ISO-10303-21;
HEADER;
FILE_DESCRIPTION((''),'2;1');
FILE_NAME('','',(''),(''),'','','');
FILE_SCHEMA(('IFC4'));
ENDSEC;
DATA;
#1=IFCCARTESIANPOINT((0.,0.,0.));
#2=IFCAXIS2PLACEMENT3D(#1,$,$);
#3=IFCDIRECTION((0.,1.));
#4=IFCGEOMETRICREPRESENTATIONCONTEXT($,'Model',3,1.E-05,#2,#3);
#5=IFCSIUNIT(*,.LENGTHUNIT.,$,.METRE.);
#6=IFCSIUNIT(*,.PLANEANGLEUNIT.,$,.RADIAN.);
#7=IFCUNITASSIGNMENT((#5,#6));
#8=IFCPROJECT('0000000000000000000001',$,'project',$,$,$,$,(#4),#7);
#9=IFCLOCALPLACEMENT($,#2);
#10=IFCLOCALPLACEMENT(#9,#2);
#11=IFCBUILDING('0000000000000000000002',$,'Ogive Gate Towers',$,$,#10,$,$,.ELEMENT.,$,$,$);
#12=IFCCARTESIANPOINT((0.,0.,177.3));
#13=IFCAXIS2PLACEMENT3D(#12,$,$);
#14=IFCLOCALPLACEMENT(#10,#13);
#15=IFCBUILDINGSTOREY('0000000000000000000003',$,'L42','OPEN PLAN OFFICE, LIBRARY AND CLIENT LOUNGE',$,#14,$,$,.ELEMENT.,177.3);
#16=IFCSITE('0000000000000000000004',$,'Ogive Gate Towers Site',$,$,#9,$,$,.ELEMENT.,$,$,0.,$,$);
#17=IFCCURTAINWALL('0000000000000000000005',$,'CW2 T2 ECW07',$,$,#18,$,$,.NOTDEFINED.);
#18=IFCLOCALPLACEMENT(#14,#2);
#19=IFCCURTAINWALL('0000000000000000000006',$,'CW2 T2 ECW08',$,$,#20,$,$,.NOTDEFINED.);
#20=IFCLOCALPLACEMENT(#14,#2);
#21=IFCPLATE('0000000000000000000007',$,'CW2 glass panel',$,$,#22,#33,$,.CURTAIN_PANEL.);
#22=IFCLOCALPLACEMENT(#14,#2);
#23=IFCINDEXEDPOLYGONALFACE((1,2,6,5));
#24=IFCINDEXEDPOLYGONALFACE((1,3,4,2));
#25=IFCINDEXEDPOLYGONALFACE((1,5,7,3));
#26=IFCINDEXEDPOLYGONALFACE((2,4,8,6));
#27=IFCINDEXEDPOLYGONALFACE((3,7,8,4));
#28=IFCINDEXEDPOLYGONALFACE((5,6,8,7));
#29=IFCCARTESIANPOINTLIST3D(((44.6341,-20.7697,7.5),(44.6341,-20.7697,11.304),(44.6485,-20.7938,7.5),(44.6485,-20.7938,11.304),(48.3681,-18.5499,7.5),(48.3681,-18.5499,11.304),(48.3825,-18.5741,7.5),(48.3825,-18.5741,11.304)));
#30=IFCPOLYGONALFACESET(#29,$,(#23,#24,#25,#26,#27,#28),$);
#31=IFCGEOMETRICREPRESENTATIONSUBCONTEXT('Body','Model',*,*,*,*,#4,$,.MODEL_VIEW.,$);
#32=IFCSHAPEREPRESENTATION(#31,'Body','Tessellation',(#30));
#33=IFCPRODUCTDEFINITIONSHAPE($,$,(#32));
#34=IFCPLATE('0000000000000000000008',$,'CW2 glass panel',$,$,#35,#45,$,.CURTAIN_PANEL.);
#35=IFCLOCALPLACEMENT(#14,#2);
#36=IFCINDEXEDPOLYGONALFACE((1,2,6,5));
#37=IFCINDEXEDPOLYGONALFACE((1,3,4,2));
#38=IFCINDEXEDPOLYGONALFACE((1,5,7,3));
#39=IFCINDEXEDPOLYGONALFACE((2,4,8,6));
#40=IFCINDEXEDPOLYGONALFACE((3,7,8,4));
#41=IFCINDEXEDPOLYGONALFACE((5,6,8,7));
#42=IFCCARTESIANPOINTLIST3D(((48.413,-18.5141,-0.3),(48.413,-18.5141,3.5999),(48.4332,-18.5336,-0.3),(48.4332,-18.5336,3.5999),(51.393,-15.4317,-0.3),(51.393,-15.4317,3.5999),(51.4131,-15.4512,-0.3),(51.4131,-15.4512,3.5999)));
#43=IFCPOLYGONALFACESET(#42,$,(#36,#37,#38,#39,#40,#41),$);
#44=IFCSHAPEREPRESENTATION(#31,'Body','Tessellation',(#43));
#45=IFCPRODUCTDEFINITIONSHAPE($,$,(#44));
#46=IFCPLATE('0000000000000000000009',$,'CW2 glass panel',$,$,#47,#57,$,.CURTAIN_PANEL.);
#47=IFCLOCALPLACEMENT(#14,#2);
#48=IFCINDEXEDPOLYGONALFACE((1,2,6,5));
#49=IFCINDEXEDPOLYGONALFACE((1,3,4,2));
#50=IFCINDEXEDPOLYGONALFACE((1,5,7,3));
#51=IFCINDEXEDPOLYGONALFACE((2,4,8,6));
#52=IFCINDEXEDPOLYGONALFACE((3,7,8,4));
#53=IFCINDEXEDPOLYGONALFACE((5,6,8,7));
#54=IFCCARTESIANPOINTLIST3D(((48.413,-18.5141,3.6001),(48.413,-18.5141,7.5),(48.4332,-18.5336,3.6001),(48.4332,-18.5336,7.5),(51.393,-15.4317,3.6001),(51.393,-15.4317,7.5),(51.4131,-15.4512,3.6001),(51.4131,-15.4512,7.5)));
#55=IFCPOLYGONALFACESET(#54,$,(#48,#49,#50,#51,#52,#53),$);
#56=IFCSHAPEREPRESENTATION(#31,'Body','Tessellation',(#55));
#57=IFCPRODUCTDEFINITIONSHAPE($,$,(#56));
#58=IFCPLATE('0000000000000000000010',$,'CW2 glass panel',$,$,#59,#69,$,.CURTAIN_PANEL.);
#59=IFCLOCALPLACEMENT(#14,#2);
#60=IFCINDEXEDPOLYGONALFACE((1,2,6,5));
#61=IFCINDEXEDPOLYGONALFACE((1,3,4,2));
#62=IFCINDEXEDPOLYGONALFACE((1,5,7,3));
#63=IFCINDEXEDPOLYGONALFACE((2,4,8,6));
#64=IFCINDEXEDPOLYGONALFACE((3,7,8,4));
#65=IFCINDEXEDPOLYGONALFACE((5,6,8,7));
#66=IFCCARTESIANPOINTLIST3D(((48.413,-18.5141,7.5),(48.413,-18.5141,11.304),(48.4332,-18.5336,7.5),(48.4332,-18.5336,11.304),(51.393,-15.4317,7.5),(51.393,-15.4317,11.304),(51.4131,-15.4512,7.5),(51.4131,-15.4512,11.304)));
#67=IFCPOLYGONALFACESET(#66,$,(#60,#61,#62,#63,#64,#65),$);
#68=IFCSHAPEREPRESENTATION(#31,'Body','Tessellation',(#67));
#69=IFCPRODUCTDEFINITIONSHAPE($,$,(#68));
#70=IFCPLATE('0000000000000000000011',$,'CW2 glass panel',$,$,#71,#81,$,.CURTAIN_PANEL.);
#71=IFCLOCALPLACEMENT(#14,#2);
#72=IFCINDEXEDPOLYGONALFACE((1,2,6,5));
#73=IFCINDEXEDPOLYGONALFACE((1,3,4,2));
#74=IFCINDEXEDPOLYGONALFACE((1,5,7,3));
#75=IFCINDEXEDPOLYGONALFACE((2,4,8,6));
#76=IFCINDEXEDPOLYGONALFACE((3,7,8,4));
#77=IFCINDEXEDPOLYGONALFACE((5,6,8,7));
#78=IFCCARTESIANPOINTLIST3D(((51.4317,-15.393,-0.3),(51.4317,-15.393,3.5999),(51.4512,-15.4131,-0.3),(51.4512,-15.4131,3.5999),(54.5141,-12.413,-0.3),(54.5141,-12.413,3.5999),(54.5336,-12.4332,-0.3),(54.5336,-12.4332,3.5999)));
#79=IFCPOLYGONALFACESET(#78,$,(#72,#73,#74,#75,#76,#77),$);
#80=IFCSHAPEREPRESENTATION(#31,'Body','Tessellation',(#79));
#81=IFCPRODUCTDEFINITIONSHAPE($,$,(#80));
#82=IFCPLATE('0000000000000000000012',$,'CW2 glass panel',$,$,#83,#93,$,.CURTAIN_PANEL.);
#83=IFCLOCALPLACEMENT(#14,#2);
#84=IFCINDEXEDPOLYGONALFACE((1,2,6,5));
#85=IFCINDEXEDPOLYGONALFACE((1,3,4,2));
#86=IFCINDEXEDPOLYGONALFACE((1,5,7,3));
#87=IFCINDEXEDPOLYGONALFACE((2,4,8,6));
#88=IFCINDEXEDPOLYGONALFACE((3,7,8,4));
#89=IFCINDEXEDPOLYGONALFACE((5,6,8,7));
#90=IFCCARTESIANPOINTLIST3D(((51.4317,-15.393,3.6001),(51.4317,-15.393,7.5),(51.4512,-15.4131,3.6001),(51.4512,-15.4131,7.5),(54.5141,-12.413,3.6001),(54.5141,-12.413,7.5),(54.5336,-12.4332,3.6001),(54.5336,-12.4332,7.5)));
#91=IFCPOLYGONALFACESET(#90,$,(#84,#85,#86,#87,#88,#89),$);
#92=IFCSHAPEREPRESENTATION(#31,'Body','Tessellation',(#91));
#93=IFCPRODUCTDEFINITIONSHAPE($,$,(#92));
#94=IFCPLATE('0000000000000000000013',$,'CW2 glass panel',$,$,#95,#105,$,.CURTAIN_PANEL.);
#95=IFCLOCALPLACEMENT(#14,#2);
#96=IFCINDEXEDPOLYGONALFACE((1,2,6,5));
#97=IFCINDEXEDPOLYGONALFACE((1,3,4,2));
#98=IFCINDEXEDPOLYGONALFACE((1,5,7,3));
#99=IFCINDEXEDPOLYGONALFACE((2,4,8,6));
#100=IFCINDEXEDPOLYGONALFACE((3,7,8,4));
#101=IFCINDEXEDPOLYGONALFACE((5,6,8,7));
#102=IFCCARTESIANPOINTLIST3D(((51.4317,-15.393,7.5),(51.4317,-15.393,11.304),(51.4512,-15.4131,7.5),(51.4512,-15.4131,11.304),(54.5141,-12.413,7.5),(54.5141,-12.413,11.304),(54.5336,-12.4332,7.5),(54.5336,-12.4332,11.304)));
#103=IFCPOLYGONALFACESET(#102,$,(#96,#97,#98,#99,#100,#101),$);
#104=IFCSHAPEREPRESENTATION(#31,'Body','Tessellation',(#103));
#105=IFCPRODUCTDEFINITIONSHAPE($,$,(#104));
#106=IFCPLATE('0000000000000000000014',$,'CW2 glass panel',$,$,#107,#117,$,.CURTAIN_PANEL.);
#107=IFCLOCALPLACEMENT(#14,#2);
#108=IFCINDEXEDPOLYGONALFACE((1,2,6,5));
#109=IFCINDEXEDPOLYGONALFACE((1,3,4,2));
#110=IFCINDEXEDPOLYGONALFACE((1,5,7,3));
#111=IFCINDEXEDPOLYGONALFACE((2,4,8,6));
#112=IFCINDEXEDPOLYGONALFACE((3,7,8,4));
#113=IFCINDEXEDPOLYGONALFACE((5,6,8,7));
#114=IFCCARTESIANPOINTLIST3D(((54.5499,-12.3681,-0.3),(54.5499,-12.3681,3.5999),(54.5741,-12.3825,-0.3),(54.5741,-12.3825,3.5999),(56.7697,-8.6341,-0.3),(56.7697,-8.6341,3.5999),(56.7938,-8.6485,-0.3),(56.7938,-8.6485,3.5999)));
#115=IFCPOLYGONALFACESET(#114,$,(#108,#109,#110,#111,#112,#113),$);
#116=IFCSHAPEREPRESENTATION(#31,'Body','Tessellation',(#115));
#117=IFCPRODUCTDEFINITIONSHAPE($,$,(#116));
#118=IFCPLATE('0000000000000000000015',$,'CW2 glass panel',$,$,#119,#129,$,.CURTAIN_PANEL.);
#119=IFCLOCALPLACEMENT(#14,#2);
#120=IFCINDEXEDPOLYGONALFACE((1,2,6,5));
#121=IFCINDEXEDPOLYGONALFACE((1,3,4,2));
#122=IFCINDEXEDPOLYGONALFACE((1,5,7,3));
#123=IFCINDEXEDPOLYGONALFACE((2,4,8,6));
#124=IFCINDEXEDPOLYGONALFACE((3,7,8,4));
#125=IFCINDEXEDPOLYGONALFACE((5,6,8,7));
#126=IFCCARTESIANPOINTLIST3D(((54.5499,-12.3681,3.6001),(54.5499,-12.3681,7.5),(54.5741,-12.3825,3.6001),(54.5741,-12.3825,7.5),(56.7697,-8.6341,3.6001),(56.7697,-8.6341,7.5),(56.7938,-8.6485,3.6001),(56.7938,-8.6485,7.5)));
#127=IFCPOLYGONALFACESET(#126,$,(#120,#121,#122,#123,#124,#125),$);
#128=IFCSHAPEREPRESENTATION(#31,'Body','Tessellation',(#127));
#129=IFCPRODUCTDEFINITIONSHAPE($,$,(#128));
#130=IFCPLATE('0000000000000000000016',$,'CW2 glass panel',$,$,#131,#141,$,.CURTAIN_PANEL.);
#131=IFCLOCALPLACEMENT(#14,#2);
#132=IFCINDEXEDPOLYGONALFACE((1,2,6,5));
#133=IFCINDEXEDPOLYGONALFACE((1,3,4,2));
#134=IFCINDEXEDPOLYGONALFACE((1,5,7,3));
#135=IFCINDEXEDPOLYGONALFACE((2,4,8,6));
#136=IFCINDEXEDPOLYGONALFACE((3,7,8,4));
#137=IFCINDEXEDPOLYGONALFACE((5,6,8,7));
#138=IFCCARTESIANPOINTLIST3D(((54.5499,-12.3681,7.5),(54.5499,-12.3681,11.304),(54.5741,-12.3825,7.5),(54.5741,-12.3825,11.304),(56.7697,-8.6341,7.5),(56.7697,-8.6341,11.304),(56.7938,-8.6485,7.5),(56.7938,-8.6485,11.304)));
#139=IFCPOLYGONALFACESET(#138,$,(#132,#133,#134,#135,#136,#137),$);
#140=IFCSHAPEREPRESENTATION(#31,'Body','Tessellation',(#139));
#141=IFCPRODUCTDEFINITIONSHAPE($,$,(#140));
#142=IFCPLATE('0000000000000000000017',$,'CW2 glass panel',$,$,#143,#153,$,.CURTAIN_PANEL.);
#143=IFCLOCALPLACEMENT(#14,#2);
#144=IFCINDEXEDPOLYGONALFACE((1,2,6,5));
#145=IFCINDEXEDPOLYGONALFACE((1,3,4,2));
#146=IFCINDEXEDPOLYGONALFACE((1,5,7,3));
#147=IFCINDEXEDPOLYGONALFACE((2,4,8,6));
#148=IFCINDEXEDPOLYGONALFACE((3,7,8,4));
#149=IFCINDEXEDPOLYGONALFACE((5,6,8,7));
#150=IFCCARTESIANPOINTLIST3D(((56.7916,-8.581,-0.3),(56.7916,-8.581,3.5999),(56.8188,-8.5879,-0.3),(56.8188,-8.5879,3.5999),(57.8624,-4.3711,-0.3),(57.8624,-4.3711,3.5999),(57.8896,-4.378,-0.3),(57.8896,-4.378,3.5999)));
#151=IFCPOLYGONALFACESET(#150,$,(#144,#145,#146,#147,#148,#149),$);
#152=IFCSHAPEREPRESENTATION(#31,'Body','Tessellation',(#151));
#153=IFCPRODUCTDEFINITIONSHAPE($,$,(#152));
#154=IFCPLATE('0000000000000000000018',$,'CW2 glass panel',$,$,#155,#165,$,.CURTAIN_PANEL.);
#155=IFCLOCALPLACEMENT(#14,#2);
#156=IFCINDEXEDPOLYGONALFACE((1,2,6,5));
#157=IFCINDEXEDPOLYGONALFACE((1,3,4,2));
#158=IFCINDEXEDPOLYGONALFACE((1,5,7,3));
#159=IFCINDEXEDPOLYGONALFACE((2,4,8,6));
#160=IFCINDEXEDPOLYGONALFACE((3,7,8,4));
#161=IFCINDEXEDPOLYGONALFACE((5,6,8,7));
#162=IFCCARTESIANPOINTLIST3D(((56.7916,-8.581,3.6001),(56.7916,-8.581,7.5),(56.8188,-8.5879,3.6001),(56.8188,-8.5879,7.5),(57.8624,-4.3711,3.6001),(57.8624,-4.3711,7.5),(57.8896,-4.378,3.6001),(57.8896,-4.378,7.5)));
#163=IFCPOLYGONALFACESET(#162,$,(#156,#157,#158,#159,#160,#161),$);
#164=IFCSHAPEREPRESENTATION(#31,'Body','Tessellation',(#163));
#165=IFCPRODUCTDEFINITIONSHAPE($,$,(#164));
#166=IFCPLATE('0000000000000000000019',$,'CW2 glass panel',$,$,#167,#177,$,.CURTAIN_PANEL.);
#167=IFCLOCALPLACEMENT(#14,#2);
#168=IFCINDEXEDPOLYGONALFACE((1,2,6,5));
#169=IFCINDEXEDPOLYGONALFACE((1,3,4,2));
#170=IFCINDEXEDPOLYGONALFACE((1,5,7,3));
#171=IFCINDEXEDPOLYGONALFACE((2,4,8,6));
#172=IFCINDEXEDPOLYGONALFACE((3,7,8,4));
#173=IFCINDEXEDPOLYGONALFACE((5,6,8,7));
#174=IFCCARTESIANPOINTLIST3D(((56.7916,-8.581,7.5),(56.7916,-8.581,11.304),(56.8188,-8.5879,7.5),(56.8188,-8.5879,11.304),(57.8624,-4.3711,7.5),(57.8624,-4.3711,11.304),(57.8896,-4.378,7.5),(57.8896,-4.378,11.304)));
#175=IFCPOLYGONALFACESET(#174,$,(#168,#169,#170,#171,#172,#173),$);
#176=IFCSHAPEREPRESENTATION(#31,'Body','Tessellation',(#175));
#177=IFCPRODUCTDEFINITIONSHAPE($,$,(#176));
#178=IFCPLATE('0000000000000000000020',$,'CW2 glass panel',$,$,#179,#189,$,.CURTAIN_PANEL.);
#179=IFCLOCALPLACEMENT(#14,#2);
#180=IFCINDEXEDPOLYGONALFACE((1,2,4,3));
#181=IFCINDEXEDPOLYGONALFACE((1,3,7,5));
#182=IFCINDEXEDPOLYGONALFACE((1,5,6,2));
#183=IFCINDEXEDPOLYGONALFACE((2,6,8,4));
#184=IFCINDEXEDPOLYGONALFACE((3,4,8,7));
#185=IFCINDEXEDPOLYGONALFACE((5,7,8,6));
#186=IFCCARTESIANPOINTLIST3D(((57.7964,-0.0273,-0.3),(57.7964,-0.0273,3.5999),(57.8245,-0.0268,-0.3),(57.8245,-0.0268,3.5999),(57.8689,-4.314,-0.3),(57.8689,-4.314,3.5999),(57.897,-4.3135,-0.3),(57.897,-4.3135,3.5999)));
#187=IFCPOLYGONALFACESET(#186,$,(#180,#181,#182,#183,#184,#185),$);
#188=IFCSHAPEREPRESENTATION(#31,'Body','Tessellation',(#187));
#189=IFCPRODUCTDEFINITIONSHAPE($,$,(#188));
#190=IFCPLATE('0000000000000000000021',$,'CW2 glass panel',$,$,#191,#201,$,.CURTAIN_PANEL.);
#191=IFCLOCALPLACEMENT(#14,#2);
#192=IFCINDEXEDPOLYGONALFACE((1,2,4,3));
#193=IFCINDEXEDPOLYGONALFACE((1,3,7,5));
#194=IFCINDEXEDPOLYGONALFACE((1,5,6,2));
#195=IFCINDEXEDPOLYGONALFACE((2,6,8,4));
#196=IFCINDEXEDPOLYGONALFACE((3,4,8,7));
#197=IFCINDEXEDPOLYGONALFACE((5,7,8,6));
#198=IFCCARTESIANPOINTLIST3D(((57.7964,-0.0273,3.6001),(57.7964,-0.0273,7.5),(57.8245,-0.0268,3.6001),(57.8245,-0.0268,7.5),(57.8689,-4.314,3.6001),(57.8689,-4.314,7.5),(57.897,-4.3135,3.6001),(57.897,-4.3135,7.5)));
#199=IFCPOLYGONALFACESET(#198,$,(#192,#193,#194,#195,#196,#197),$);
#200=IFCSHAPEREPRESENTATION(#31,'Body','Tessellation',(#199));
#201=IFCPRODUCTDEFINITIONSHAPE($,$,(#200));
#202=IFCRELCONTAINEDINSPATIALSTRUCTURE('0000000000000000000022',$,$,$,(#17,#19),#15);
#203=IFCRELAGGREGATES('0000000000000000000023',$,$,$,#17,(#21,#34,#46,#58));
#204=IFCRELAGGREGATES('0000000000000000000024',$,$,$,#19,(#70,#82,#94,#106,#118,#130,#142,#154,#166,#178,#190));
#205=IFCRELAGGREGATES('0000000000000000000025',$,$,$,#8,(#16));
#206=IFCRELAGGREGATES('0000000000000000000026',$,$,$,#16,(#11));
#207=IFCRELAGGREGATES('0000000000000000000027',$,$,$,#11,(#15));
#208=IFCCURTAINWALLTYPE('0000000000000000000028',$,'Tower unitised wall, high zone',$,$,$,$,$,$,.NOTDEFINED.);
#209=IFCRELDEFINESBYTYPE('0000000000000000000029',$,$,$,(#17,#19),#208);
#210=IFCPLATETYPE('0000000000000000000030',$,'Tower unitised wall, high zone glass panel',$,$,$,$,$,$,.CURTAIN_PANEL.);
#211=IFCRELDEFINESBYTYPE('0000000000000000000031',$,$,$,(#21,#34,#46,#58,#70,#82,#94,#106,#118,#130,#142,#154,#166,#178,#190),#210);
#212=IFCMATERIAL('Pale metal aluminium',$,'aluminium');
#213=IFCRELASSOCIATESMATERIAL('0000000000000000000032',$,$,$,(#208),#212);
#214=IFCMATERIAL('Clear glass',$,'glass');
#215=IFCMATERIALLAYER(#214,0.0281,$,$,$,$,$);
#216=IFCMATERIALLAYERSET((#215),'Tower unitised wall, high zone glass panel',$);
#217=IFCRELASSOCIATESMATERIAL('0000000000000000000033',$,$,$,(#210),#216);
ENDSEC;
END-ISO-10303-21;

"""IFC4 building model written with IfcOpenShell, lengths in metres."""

from ifc_helpers import new_model, si_unit, direction, frame, origin, origin_2d, place, context, subcontext, project, spatial, rectangle, extrude, material, layer, layer_set, type_object, element, aggregate, save


model = new_model("IFC4")

# Units and contexts
model_context = context("Model", 3, precision=1e-05, world=origin(), true_north=direction((0.0, 1.0)))
body_context = subcontext(model_context, "Body", "Model", "MODEL_VIEW")
ifc_project = project(units=[si_unit("LENGTHUNIT", "METRE"), si_unit("PLANEANGLEUNIT", "RADIAN")], contexts=[model_context])

# Site, building, storey
site_placement = place(None, origin())
site = spatial("IfcSite", under=ifc_project, at=site_placement, Name="Ogive Gate Towers Site", CompositionType="ELEMENT", RefElevation=0.0)
building_placement = place(site_placement, origin())
building = spatial("IfcBuilding", under=site, at=building_placement, Name="Ogive Gate Towers", CompositionType="ELEMENT")
storey_placement = place(building_placement, frame((0.0, 0.0, 177.3)))
storey = spatial("IfcBuildingStorey", under=building, at=storey_placement, Name="L42", Description="OPEN PLAN OFFICE, LIBRARY AND CLIENT LOUNGE", CompositionType="ELEMENT", Elevation=177.3)

# Curtain walls
ifc_material_1 = material(Name="Pale metal aluminium", Category="aluminium")
curtain_wall_type = type_object("IfcCurtainWallType", Name="Tower unitised wall, high zone", PredefinedType="NOTDEFINED", material=ifc_material_1)
curtain_wall_1_placement = place(storey_placement, origin())
curtain_wall_1 = element("IfcCurtainWall", 1, at=curtain_wall_1_placement, inside=storey, type_object=curtain_wall_type, Name="CW2 T2 ECW07", PredefinedType="NOTDEFINED")
curtain_wall_2_placement = place(storey_placement, origin())
curtain_wall_2 = element("IfcCurtainWall", 2, at=curtain_wall_2_placement, inside=storey, type_object=curtain_wall_type, Name="CW2 T2 ECW08", PredefinedType="NOTDEFINED")

# Plates
ifc_material_2 = material(Name="Clear glass", Category="glass")
ifc_layer_1 = layer(ifc_material_2, 0.0281)
ifc_layer_set_1 = layer_set([ifc_layer_1], Name="Tower unitised wall, high zone glass panel")
plate_type = type_object("IfcPlateType", Name="Tower unitised wall, high zone glass panel", PredefinedType="CURTAIN_PANEL", material=ifc_layer_set_1)
plate_1_placement = place(storey_placement, frame((46.5083, -19.6719, 7.5), z_axis=(0.0, 0.0, 1.0), x_axis=(0.859585, 0.510993, 0.0)))
plate_1 = element("IfcPlate", 3, at=plate_1_placement, type_object=plate_type, Name="CW2 glass panel", PredefinedType="CURTAIN_PANEL", context=body_context, shape_type="SweptSolid", body=[
    extrude(rectangle(XDim=4.344, YDim=0.0281, at=origin_2d()), origin(), (0.0, 0.0, 1.0), 3.804),
])
plate_2_placement = place(storey_placement, frame((49.9131, -16.9827, -0.3), z_axis=(0.0, 0.0, 1.0), x_axis=(0.695047, 0.718964, 0.0)))
plate_2 = element("IfcPlate", 4, at=plate_2_placement, type_object=plate_type, Name="CW2 glass panel", PredefinedType="CURTAIN_PANEL", context=body_context, shape_type="SweptSolid", body=[
    extrude(rectangle(XDim=4.2874, YDim=0.0281, at=origin_2d()), origin(), (0.0, 0.0, 1.0), 3.8999),
])
plate_3_placement = place(storey_placement, frame((49.9131, -16.9827, 3.6001), z_axis=(0.0, 0.0, 1.0), x_axis=(0.695047, 0.718964, 0.0)))
plate_3 = element("IfcPlate", 5, at=plate_3_placement, type_object=plate_type, Name="CW2 glass panel", PredefinedType="CURTAIN_PANEL", context=body_context, shape_type="SweptSolid", body=[
    extrude(rectangle(XDim=4.2874, YDim=0.0281, at=origin_2d()), origin(), (0.0, 0.0, 1.0), 3.8999),
])
plate_4_placement = place(storey_placement, frame((49.9131, -16.9827, 7.5), z_axis=(0.0, 0.0, 1.0), x_axis=(0.695047, 0.718964, 0.0)))
plate_4 = element("IfcPlate", 6, at=plate_4_placement, type_object=plate_type, Name="CW2 glass panel", PredefinedType="CURTAIN_PANEL", context=body_context, shape_type="SweptSolid", body=[
    extrude(rectangle(XDim=4.2874, YDim=0.0281, at=origin_2d()), origin(), (0.0, 0.0, 1.0), 3.804),
])
aggregate(curtain_wall_1, [plate_1, plate_2, plate_3, plate_4])
plate_5_placement = place(storey_placement, frame((52.9827, -13.9131, -0.3), z_axis=(0.0, 0.0, 1.0), x_axis=(0.718964, 0.695047, 0.0)))
plate_5 = element("IfcPlate", 7, at=plate_5_placement, type_object=plate_type, Name="CW2 glass panel", PredefinedType="CURTAIN_PANEL", context=body_context, shape_type="SweptSolid", body=[
    extrude(rectangle(XDim=4.2874, YDim=0.0281, at=origin_2d()), origin(), (0.0, 0.0, 1.0), 3.8999),
])
plate_6_placement = place(storey_placement, frame((52.9827, -13.9131, 3.6001), z_axis=(0.0, 0.0, 1.0), x_axis=(0.718964, 0.695047, 0.0)))
plate_6 = element("IfcPlate", 8, at=plate_6_placement, type_object=plate_type, Name="CW2 glass panel", PredefinedType="CURTAIN_PANEL", context=body_context, shape_type="SweptSolid", body=[
    extrude(rectangle(XDim=4.2874, YDim=0.0281, at=origin_2d()), origin(), (0.0, 0.0, 1.0), 3.8999),
])
plate_7_placement = place(storey_placement, frame((52.9827, -13.9131, 7.5), z_axis=(0.0, 0.0, 1.0), x_axis=(0.718964, 0.695047, 0.0)))
plate_7 = element("IfcPlate", 9, at=plate_7_placement, type_object=plate_type, Name="CW2 glass panel", PredefinedType="CURTAIN_PANEL", context=body_context, shape_type="SweptSolid", body=[
    extrude(rectangle(XDim=4.2874, YDim=0.0281, at=origin_2d()), origin(), (0.0, 0.0, 1.0), 3.804),
])
plate_8_placement = place(storey_placement, frame((55.6719, -10.5083, -0.3), z_axis=(0.0, 0.0, 1.0), x_axis=(0.510993, 0.859585, 0.0)))
plate_8 = element("IfcPlate", 10, at=plate_8_placement, type_object=plate_type, Name="CW2 glass panel", PredefinedType="CURTAIN_PANEL", context=body_context, shape_type="SweptSolid", body=[
    extrude(rectangle(XDim=4.344, YDim=0.0281, at=origin_2d()), origin(), (0.0, 0.0, 1.0), 3.8999),
])
plate_9_placement = place(storey_placement, frame((55.6719, -10.5083, 3.6001), z_axis=(0.0, 0.0, 1.0), x_axis=(0.510993, 0.859585, 0.0)))
plate_9 = element("IfcPlate", 11, at=plate_9_placement, type_object=plate_type, Name="CW2 glass panel", PredefinedType="CURTAIN_PANEL", context=body_context, shape_type="SweptSolid", body=[
    extrude(rectangle(XDim=4.344, YDim=0.0281, at=origin_2d()), origin(), (0.0, 0.0, 1.0), 3.8999),
])
plate_10_placement = place(storey_placement, frame((55.6719, -10.5083, 7.5), z_axis=(0.0, 0.0, 1.0), x_axis=(0.510993, 0.859585, 0.0)))
plate_10 = element("IfcPlate", 12, at=plate_10_placement, type_object=plate_type, Name="CW2 glass panel", PredefinedType="CURTAIN_PANEL", context=body_context, shape_type="SweptSolid", body=[
    extrude(rectangle(XDim=4.344, YDim=0.0281, at=origin_2d()), origin(), (0.0, 0.0, 1.0), 3.804),
])
plate_11_placement = place(storey_placement, frame((57.3406, -6.4795, -0.3), z_axis=(0.0, 0.0, 1.0), x_axis=(0.246492, 0.969145, 0.0)))
plate_11 = element("IfcPlate", 13, at=plate_11_placement, type_object=plate_type, Name="CW2 glass panel", PredefinedType="CURTAIN_PANEL", context=body_context, shape_type="SweptSolid", body=[
    extrude(rectangle(XDim=4.344, YDim=0.0281, at=origin_2d()), origin(), (0.0, 0.0, 1.0), 3.8999),
])
plate_12_placement = place(storey_placement, frame((57.3406, -6.4795, 3.6001), z_axis=(0.0, 0.0, 1.0), x_axis=(0.246492, 0.969145, 0.0)))
plate_12 = element("IfcPlate", 14, at=plate_12_placement, type_object=plate_type, Name="CW2 glass panel", PredefinedType="CURTAIN_PANEL", context=body_context, shape_type="SweptSolid", body=[
    extrude(rectangle(XDim=4.344, YDim=0.0281, at=origin_2d()), origin(), (0.0, 0.0, 1.0), 3.8999),
])
plate_13_placement = place(storey_placement, frame((57.3406, -6.4795, 7.5), z_axis=(0.0, 0.0, 1.0), x_axis=(0.246492, 0.969145, 0.0)))
plate_13 = element("IfcPlate", 15, at=plate_13_placement, type_object=plate_type, Name="CW2 glass panel", PredefinedType="CURTAIN_PANEL", context=body_context, shape_type="SweptSolid", body=[
    extrude(rectangle(XDim=4.344, YDim=0.0281, at=origin_2d()), origin(), (0.0, 0.0, 1.0), 3.804),
])
plate_14_placement = place(storey_placement, frame((57.8467, -2.1704, -0.3), z_axis=(0.0, 0.0, 1.0), x_axis=(-0.016911, 0.999857, 0.0)))
plate_14 = element("IfcPlate", 16, at=plate_14_placement, type_object=plate_type, Name="CW2 glass panel", PredefinedType="CURTAIN_PANEL", context=body_context, shape_type="SweptSolid", body=[
    extrude(rectangle(XDim=4.2874, YDim=0.0281, at=origin_2d()), origin(), (0.0, 0.0, 1.0), 3.8999),
])
plate_15_placement = place(storey_placement, frame((57.8467, -2.1704, 3.6001), z_axis=(0.0, 0.0, 1.0), x_axis=(-0.016911, 0.999857, 0.0)))
plate_15 = element("IfcPlate", 17, at=plate_15_placement, type_object=plate_type, Name="CW2 glass panel", PredefinedType="CURTAIN_PANEL", context=body_context, shape_type="SweptSolid", body=[
    extrude(rectangle(XDim=4.2874, YDim=0.0281, at=origin_2d()), origin(), (0.0, 0.0, 1.0), 3.8999),
])
aggregate(curtain_wall_2, [plate_5, plate_6, plate_7, plate_8, plate_9, plate_10, plate_11, plate_12, plate_13, plate_14, plate_15])

save(model, "model.ifc")
